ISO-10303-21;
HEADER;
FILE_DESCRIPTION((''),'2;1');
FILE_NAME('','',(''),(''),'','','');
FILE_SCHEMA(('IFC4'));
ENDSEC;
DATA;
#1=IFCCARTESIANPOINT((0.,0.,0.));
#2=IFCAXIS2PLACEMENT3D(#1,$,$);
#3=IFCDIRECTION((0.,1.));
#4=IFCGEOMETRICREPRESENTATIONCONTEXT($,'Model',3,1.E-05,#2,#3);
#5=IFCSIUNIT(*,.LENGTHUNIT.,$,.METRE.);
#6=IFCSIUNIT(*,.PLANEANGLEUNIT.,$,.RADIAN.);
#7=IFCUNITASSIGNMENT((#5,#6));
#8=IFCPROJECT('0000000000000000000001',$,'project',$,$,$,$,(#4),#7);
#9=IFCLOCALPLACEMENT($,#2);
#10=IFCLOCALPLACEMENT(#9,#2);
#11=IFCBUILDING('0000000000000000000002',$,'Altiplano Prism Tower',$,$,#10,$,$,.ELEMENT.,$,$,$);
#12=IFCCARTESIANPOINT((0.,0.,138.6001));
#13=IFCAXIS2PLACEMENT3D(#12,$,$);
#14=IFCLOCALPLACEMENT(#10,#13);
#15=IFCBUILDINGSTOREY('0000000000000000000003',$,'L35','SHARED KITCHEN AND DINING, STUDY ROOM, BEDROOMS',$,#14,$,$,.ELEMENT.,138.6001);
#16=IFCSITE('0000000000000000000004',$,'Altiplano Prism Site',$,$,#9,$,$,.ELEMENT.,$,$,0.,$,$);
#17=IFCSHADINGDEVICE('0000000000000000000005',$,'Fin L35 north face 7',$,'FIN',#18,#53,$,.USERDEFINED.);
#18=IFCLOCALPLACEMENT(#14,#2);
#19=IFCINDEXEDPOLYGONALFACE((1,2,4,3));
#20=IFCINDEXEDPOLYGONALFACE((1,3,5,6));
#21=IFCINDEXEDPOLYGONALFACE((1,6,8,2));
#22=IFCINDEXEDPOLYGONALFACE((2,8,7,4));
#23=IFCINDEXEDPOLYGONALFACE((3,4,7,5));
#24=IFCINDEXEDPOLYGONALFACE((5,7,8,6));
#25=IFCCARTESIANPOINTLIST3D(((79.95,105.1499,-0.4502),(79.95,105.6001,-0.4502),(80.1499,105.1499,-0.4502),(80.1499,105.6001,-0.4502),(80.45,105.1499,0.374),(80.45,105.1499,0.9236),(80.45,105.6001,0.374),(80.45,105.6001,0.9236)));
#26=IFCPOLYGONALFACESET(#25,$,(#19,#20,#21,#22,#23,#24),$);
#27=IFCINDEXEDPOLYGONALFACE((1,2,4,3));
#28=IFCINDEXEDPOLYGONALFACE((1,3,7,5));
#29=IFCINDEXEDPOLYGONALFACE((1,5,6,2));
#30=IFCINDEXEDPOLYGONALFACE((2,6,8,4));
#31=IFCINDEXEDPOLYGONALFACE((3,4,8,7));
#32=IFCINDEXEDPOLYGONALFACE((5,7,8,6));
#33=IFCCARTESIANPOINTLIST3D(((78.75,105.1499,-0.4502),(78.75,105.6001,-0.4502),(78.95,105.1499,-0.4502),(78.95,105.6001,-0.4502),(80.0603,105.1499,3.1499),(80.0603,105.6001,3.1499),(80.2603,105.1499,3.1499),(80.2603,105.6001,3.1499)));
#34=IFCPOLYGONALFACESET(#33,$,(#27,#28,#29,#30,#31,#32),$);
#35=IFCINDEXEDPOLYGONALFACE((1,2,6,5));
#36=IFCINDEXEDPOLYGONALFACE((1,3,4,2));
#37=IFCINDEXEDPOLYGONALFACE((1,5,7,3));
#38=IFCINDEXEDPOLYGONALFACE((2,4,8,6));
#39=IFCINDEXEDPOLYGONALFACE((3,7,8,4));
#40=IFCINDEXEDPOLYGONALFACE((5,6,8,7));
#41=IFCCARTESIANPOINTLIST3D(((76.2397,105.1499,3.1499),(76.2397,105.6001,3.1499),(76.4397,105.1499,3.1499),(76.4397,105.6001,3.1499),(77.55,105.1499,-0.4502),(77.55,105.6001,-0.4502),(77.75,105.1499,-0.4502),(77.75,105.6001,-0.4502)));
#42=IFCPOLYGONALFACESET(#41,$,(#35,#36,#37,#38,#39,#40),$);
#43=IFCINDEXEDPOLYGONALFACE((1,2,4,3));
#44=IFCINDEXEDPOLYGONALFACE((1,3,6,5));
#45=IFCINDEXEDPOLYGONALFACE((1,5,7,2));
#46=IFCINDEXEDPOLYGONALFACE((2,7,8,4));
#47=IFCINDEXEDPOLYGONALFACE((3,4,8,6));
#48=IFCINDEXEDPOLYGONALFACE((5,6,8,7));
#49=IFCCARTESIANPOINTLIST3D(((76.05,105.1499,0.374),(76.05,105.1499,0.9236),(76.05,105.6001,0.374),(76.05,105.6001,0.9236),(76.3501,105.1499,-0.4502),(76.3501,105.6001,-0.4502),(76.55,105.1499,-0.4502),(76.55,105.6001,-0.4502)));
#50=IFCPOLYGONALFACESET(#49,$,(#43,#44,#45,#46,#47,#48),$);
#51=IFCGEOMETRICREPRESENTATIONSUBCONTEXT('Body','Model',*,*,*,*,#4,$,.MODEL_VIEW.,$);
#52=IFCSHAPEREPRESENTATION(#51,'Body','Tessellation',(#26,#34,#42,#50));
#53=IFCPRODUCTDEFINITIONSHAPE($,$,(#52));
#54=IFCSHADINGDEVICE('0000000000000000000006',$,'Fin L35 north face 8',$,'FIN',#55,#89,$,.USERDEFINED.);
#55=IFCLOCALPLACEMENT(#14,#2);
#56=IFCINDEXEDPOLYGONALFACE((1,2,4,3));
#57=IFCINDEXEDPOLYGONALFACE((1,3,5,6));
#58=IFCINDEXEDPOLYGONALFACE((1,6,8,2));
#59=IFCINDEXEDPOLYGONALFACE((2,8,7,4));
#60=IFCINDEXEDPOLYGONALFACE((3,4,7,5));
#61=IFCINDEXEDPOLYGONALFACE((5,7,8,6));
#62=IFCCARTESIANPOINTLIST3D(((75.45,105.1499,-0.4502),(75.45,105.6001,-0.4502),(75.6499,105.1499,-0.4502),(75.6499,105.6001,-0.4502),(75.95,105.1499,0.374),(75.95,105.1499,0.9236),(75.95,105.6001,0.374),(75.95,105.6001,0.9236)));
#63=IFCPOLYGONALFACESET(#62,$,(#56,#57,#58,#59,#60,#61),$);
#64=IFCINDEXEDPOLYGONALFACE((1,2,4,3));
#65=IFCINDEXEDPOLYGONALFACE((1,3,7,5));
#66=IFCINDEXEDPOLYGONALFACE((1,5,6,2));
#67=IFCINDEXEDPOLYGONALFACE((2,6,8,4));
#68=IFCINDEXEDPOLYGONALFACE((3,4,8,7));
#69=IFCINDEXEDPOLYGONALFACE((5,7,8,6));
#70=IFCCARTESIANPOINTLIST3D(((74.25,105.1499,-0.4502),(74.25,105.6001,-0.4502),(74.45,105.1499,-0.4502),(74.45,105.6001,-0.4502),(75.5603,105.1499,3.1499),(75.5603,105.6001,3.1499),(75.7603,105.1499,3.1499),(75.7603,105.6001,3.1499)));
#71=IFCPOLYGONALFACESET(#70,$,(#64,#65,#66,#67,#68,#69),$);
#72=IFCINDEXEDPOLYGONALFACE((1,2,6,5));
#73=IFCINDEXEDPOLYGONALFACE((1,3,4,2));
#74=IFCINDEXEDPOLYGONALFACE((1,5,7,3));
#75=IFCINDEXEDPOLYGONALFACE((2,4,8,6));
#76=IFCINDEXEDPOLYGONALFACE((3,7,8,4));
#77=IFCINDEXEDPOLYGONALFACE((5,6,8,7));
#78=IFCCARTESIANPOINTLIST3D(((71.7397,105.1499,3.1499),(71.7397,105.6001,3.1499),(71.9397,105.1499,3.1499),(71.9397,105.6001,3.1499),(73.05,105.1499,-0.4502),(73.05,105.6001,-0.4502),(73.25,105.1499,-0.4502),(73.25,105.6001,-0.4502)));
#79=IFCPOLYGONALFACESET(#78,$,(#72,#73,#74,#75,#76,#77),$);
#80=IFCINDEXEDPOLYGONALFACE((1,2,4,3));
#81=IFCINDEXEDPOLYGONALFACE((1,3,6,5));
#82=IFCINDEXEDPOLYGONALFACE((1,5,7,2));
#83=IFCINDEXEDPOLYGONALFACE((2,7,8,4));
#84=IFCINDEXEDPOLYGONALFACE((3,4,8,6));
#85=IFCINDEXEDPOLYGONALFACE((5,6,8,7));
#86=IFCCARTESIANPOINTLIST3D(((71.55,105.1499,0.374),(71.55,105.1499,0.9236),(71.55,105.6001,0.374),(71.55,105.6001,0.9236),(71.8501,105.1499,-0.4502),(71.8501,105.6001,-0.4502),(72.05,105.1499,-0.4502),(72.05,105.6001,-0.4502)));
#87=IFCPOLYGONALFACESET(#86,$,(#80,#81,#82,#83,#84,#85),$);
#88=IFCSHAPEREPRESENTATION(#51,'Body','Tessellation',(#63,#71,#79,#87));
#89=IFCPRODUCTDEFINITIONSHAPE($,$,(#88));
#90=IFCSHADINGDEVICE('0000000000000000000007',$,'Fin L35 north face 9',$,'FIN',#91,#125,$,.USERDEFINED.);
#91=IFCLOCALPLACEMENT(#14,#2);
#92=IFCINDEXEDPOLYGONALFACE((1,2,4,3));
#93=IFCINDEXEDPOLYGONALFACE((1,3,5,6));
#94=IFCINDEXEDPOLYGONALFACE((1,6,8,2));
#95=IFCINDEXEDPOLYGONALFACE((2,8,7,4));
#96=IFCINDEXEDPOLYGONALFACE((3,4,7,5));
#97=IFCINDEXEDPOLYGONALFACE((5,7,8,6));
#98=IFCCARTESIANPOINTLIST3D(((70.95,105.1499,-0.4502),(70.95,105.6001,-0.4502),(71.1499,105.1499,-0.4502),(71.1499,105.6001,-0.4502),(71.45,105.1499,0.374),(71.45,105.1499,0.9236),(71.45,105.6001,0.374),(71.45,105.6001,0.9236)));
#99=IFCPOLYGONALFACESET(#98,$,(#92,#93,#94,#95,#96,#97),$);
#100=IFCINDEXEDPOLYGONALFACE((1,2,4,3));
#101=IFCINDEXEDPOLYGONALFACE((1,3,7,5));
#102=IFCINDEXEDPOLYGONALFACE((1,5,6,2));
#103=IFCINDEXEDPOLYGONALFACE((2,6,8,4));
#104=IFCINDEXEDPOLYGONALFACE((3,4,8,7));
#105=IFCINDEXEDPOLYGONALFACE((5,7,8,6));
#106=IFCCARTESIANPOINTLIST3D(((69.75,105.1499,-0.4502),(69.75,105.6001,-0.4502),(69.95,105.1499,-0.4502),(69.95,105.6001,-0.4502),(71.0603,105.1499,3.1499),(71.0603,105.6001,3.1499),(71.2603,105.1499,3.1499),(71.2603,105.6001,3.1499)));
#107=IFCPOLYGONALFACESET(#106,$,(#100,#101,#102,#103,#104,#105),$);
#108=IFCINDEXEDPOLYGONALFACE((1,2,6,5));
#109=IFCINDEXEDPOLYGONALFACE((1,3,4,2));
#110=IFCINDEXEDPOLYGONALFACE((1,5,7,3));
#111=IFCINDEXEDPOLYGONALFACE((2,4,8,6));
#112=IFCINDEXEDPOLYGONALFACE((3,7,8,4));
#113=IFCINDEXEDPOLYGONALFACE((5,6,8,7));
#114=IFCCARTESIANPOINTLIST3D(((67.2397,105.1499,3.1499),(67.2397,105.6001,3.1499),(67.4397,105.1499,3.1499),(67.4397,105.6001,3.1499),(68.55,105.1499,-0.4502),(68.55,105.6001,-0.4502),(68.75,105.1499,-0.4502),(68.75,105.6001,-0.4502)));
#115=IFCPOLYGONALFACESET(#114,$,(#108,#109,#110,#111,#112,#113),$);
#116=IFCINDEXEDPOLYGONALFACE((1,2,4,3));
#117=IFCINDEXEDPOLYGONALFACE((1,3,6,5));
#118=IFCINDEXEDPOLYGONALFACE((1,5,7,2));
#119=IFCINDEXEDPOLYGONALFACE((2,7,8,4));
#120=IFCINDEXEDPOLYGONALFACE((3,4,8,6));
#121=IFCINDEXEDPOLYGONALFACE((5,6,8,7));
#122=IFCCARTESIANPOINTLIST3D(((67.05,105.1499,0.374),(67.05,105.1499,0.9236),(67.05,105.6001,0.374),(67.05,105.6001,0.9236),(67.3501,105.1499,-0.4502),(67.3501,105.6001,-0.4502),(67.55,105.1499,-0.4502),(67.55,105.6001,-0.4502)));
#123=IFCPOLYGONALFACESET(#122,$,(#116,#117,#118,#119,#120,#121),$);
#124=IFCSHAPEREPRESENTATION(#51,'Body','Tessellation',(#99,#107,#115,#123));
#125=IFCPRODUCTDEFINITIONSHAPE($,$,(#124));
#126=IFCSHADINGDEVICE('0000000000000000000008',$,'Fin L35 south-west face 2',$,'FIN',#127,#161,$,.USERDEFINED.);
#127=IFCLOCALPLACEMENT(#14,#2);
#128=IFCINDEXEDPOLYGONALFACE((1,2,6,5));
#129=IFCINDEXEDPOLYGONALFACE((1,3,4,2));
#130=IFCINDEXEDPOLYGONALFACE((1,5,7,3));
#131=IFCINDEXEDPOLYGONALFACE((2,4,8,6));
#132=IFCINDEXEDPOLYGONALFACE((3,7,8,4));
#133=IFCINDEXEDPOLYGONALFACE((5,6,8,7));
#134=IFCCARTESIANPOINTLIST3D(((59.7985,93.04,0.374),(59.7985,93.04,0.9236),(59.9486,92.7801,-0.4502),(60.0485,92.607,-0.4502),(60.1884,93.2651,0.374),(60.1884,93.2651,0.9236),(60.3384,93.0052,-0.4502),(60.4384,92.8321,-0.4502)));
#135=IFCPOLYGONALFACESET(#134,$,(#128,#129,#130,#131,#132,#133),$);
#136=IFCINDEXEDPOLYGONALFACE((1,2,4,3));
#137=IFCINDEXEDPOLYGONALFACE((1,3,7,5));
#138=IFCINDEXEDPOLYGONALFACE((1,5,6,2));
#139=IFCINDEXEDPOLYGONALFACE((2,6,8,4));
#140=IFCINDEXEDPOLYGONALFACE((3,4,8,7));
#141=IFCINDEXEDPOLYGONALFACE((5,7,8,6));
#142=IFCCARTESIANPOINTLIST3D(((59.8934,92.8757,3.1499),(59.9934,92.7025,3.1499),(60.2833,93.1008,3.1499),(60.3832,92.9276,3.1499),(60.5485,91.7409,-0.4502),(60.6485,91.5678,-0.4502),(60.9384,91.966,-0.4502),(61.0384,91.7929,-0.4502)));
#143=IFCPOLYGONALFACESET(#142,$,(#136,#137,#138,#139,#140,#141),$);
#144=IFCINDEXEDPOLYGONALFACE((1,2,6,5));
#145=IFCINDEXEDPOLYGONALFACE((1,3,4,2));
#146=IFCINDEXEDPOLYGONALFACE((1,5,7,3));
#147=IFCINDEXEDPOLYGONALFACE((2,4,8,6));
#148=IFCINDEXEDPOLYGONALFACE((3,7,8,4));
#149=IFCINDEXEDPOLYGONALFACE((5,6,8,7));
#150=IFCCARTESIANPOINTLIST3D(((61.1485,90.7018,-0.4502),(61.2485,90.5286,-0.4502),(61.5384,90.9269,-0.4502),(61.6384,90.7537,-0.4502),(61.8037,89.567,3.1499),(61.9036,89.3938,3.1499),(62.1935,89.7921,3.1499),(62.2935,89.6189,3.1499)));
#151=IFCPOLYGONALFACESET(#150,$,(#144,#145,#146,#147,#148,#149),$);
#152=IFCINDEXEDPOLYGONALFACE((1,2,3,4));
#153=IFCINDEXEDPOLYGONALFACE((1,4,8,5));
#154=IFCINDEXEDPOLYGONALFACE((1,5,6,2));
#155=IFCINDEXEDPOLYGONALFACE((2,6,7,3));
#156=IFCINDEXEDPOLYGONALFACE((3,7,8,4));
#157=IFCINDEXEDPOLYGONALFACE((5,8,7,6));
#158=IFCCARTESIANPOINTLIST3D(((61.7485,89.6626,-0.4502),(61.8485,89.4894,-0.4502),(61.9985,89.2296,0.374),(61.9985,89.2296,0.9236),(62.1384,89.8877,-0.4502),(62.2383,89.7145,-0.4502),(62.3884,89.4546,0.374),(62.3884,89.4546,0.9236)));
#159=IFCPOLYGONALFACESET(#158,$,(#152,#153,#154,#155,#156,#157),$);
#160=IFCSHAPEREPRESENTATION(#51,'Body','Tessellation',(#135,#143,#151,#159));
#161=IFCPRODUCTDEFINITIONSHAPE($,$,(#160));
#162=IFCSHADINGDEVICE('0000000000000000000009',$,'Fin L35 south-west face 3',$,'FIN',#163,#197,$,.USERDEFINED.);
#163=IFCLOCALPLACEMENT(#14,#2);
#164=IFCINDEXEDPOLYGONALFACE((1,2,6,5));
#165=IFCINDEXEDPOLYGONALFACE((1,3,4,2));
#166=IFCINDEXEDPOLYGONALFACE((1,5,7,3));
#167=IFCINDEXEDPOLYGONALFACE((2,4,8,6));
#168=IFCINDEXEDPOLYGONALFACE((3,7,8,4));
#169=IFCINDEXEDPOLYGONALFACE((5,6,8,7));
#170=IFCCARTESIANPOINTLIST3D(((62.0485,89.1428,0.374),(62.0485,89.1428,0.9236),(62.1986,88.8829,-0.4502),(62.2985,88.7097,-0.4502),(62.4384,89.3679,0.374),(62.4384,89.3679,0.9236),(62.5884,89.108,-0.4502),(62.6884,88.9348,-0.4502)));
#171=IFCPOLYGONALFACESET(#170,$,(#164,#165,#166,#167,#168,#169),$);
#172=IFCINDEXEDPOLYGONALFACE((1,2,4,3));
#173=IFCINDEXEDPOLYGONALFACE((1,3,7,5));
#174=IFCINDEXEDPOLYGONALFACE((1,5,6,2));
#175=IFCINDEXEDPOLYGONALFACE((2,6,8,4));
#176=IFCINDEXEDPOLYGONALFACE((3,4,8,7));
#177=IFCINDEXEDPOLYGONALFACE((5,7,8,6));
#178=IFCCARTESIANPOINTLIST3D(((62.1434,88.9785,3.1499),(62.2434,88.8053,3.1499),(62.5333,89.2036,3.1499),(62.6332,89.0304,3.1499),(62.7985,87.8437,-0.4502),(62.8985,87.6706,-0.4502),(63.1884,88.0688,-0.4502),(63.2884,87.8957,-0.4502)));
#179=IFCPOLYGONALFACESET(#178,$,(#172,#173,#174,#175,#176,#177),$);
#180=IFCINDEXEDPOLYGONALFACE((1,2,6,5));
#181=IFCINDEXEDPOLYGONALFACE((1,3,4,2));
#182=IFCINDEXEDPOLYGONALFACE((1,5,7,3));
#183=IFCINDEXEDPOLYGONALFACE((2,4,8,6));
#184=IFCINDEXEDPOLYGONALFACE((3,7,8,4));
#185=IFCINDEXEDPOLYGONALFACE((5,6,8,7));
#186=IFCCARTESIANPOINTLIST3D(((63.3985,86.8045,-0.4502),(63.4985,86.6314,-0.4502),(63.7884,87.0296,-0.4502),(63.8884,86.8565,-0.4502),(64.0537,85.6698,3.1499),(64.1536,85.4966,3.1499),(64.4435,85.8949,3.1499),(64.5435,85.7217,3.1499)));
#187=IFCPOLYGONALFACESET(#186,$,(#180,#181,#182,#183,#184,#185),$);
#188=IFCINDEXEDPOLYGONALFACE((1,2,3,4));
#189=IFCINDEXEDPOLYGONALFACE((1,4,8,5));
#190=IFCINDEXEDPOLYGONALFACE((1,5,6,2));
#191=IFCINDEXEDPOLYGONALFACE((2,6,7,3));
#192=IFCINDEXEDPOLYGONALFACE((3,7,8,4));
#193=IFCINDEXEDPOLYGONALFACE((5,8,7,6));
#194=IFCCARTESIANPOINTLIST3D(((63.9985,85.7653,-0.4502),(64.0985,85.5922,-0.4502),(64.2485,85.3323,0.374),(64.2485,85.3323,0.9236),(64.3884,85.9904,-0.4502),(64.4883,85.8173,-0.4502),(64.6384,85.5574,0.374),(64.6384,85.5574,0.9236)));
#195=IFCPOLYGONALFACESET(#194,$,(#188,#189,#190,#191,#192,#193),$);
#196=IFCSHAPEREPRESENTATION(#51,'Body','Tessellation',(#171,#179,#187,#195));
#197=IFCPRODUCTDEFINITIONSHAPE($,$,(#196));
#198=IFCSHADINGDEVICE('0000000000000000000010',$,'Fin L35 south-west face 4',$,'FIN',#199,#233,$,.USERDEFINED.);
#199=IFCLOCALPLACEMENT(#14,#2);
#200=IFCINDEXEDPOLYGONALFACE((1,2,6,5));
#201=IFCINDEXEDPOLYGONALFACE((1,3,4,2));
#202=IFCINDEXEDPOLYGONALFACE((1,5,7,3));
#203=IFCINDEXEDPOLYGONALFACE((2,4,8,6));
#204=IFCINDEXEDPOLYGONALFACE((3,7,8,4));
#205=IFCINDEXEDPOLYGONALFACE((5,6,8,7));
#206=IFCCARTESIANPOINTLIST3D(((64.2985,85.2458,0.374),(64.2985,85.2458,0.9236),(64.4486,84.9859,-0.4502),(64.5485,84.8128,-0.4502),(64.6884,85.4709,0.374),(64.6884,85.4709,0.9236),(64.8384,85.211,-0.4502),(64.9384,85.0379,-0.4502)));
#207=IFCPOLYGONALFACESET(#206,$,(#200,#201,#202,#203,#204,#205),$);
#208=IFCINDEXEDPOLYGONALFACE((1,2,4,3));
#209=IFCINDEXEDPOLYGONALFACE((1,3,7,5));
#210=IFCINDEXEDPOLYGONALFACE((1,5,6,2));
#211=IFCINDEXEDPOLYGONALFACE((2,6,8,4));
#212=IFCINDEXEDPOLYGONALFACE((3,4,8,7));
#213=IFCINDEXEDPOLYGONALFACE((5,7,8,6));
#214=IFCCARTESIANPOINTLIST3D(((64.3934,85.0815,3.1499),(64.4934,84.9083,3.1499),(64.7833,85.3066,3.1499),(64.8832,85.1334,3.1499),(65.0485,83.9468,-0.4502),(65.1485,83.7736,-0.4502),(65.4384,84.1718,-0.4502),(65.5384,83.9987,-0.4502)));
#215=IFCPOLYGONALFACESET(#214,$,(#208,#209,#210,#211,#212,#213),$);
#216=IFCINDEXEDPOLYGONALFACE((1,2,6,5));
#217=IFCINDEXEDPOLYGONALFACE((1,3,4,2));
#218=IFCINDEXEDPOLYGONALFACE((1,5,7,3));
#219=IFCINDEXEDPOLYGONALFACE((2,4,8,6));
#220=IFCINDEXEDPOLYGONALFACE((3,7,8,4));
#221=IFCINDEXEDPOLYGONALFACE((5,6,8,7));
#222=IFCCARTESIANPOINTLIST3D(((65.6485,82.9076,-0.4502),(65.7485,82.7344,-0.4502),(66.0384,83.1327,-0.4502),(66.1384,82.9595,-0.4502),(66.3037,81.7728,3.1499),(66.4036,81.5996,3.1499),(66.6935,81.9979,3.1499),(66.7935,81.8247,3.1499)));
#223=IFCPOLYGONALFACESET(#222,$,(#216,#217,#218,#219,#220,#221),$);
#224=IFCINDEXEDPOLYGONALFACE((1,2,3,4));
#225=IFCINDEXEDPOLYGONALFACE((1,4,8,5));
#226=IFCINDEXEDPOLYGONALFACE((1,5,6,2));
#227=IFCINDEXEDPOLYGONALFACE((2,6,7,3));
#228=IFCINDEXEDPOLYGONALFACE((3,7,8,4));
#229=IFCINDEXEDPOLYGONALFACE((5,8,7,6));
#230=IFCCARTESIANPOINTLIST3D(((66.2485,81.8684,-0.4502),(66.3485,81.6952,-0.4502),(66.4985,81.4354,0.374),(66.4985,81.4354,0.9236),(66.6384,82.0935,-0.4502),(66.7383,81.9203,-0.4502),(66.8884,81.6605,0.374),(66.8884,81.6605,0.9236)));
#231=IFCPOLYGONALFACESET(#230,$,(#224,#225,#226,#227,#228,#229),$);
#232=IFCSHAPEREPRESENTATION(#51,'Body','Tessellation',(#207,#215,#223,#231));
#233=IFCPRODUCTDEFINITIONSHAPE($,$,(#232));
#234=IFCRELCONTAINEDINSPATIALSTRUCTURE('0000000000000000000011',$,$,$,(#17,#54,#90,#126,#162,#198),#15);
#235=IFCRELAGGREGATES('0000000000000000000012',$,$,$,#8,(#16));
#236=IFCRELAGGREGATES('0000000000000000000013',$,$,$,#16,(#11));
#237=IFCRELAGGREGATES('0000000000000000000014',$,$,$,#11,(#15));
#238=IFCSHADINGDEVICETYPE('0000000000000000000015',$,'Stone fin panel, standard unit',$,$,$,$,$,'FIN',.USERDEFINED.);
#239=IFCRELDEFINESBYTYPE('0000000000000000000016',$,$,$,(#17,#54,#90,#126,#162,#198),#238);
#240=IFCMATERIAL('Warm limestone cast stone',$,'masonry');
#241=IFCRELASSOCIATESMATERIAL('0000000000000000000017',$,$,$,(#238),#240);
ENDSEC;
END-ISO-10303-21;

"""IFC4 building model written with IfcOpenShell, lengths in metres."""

from ifc_helpers import new_model, si_unit, direction, frame, origin, place, context, subcontext, project, spatial, polyline, outline, extrude, source, transform, mapped, material, type_object, element, save


model = new_model("IFC4")

# Units and contexts
model_context = context("Model", 3, precision=1e-05, world=origin(), true_north=direction((0.0, 1.0)))
body_context = subcontext(model_context, "Body", "Model", "MODEL_VIEW")
ifc_project = project(units=[si_unit("LENGTHUNIT", "METRE"), si_unit("PLANEANGLEUNIT", "RADIAN")], contexts=[model_context])

# Site, building, storey
site_placement = place(None, origin())
site = spatial("IfcSite", under=ifc_project, at=site_placement, Name="Altiplano Prism Site", CompositionType="ELEMENT", RefElevation=0.0)
building_placement = place(site_placement, origin())
building = spatial("IfcBuilding", under=site, at=building_placement, Name="Altiplano Prism Tower", CompositionType="ELEMENT")
storey_placement = place(building_placement, frame((0.0, 0.0, 138.6001)))
storey = spatial("IfcBuildingStorey", under=building, at=storey_placement, Name="L35", Description="SHARED KITCHEN AND DINING, STUDY ROOM, BEDROOMS", CompositionType="ELEMENT", Elevation=138.6001)

# Shading devices
ifc_material_1 = material(Name="Warm limestone cast stone", Category="masonry")
shading_device_type_1 = type_object("IfcShadingDeviceType", Name="Stone fin panel, standard unit", ElementType="FIN", PredefinedType="USERDEFINED", material=ifc_material_1)
shared_shape_1 = source(origin(), body_context, "Body", "SweptSolid", [
    extrude(outline(polyline([(-2.2, 1.3738), (-2.2, 0.8242), (-1.8999, 0.0), (-1.7, 0.0), (-2.2, 1.3738)])), frame((0.0, -0.1499, 0.0), z_axis=(0.0, -1.0, 0.0), x_axis=(1.0, 0.0, 0.0)), (0.0, 0.0, 1.0), 0.4502),
    extrude(outline(polyline([(-2.0103, 3.6001), (-0.7, 0.0), (-0.5, 0.0), (-1.8103, 3.6001), (-2.0103, 3.6001)])), frame((0.0, -0.1499, 0.0), z_axis=(0.0, -1.0, 0.0), x_axis=(1.0, 0.0, 0.0)), (0.0, 0.0, 1.0), 0.4502),
    extrude(outline(polyline([(1.8103, 3.6001), (0.5, 0.0), (0.7, 0.0), (2.0103, 3.6001), (1.8103, 3.6001)])), frame((0.0, -0.1499, 0.0), z_axis=(0.0, -1.0, 0.0), x_axis=(1.0, 0.0, 0.0)), (0.0, 0.0, 1.0), 0.4502),
    extrude(outline(polyline([(2.2, 0.8242), (2.2, 1.3738), (1.7, 0.0), (1.8999, 0.0), (2.2, 0.8242)])), frame((0.0, -0.1499, 0.0), z_axis=(0.0, -1.0, 0.0), x_axis=(1.0, 0.0, 0.0)), (0.0, 0.0, 1.0), 0.4502),
])
shading_device_1_placement = place(storey_placement, origin())
element("IfcShadingDevice", 1, at=shading_device_1_placement, inside=storey, type_object=shading_device_type_1, Name="Fin L35 north face 7", ObjectType="FIN", PredefinedType="USERDEFINED", context=body_context, shape_type="MappedRepresentation", body=[
    mapped(shared_shape_1, transform((78.25, 105.0, -0.4502), x_axis=(-1.0, 0.0, 0.0), y_axis=(0.0, -1.0, 0.0), z_axis=(0.0, 0.0, 1.0))),
])
shading_device_2_placement = place(storey_placement, origin())
element("IfcShadingDevice", 2, at=shading_device_2_placement, inside=storey, type_object=shading_device_type_1, Name="Fin L35 north face 8", ObjectType="FIN", PredefinedType="USERDEFINED", context=body_context, shape_type="MappedRepresentation", body=[
    mapped(shared_shape_1, transform((73.75, 105.0, -0.4502), x_axis=(-1.0, 0.0, 0.0), y_axis=(0.0, -1.0, 0.0), z_axis=(0.0, 0.0, 1.0))),
])
shading_device_3_placement = place(storey_placement, origin())
element("IfcShadingDevice", 3, at=shading_device_3_placement, inside=storey, type_object=shading_device_type_1, Name="Fin L35 north face 9", ObjectType="FIN", PredefinedType="USERDEFINED", context=body_context, shape_type="MappedRepresentation", body=[
    mapped(shared_shape_1, transform((69.25, 105.0, -0.4502), x_axis=(-1.0, 0.0, 0.0), y_axis=(0.0, -1.0, 0.0), z_axis=(0.0, 0.0, 1.0))),
])
shading_device_4_placement = place(storey_placement, origin())
element("IfcShadingDevice", 4, at=shading_device_4_placement, inside=storey, type_object=shading_device_type_1, Name="Fin L35 south-west face 2", ObjectType="FIN", PredefinedType="USERDEFINED", context=body_context, shape_type="MappedRepresentation", body=[
    mapped(shared_shape_1, transform((61.4182, 91.4348, -0.4502), x_axis=(0.5, -0.866025, 0.0), y_axis=(0.866025, 0.5, 0.0), z_axis=(0.0, 0.0, 1.0))),
])
shading_device_5_placement = place(storey_placement, origin())
element("IfcShadingDevice", 5, at=shading_device_5_placement, inside=storey, type_object=shading_device_type_1, Name="Fin L35 south-west face 3", ObjectType="FIN", PredefinedType="USERDEFINED", context=body_context, shape_type="MappedRepresentation", body=[
    mapped(shared_shape_1, transform((63.6682, 87.5376, -0.4502), x_axis=(0.5, -0.866025, 0.0), y_axis=(0.866025, 0.5, 0.0), z_axis=(0.0, 0.0, 1.0))),
])
shading_device_6_placement = place(storey_placement, origin())
element("IfcShadingDevice", 6, at=shading_device_6_placement, inside=storey, type_object=shading_device_type_1, Name="Fin L35 south-west face 4", ObjectType="FIN", PredefinedType="USERDEFINED", context=body_context, shape_type="MappedRepresentation", body=[
    mapped(shared_shape_1, transform((65.9182, 83.6406, -0.4502), x_axis=(0.5, -0.866025, 0.0), y_axis=(0.866025, 0.5, 0.0), z_axis=(0.0, 0.0, 1.0))),
])

save(model, "model.ifc")
